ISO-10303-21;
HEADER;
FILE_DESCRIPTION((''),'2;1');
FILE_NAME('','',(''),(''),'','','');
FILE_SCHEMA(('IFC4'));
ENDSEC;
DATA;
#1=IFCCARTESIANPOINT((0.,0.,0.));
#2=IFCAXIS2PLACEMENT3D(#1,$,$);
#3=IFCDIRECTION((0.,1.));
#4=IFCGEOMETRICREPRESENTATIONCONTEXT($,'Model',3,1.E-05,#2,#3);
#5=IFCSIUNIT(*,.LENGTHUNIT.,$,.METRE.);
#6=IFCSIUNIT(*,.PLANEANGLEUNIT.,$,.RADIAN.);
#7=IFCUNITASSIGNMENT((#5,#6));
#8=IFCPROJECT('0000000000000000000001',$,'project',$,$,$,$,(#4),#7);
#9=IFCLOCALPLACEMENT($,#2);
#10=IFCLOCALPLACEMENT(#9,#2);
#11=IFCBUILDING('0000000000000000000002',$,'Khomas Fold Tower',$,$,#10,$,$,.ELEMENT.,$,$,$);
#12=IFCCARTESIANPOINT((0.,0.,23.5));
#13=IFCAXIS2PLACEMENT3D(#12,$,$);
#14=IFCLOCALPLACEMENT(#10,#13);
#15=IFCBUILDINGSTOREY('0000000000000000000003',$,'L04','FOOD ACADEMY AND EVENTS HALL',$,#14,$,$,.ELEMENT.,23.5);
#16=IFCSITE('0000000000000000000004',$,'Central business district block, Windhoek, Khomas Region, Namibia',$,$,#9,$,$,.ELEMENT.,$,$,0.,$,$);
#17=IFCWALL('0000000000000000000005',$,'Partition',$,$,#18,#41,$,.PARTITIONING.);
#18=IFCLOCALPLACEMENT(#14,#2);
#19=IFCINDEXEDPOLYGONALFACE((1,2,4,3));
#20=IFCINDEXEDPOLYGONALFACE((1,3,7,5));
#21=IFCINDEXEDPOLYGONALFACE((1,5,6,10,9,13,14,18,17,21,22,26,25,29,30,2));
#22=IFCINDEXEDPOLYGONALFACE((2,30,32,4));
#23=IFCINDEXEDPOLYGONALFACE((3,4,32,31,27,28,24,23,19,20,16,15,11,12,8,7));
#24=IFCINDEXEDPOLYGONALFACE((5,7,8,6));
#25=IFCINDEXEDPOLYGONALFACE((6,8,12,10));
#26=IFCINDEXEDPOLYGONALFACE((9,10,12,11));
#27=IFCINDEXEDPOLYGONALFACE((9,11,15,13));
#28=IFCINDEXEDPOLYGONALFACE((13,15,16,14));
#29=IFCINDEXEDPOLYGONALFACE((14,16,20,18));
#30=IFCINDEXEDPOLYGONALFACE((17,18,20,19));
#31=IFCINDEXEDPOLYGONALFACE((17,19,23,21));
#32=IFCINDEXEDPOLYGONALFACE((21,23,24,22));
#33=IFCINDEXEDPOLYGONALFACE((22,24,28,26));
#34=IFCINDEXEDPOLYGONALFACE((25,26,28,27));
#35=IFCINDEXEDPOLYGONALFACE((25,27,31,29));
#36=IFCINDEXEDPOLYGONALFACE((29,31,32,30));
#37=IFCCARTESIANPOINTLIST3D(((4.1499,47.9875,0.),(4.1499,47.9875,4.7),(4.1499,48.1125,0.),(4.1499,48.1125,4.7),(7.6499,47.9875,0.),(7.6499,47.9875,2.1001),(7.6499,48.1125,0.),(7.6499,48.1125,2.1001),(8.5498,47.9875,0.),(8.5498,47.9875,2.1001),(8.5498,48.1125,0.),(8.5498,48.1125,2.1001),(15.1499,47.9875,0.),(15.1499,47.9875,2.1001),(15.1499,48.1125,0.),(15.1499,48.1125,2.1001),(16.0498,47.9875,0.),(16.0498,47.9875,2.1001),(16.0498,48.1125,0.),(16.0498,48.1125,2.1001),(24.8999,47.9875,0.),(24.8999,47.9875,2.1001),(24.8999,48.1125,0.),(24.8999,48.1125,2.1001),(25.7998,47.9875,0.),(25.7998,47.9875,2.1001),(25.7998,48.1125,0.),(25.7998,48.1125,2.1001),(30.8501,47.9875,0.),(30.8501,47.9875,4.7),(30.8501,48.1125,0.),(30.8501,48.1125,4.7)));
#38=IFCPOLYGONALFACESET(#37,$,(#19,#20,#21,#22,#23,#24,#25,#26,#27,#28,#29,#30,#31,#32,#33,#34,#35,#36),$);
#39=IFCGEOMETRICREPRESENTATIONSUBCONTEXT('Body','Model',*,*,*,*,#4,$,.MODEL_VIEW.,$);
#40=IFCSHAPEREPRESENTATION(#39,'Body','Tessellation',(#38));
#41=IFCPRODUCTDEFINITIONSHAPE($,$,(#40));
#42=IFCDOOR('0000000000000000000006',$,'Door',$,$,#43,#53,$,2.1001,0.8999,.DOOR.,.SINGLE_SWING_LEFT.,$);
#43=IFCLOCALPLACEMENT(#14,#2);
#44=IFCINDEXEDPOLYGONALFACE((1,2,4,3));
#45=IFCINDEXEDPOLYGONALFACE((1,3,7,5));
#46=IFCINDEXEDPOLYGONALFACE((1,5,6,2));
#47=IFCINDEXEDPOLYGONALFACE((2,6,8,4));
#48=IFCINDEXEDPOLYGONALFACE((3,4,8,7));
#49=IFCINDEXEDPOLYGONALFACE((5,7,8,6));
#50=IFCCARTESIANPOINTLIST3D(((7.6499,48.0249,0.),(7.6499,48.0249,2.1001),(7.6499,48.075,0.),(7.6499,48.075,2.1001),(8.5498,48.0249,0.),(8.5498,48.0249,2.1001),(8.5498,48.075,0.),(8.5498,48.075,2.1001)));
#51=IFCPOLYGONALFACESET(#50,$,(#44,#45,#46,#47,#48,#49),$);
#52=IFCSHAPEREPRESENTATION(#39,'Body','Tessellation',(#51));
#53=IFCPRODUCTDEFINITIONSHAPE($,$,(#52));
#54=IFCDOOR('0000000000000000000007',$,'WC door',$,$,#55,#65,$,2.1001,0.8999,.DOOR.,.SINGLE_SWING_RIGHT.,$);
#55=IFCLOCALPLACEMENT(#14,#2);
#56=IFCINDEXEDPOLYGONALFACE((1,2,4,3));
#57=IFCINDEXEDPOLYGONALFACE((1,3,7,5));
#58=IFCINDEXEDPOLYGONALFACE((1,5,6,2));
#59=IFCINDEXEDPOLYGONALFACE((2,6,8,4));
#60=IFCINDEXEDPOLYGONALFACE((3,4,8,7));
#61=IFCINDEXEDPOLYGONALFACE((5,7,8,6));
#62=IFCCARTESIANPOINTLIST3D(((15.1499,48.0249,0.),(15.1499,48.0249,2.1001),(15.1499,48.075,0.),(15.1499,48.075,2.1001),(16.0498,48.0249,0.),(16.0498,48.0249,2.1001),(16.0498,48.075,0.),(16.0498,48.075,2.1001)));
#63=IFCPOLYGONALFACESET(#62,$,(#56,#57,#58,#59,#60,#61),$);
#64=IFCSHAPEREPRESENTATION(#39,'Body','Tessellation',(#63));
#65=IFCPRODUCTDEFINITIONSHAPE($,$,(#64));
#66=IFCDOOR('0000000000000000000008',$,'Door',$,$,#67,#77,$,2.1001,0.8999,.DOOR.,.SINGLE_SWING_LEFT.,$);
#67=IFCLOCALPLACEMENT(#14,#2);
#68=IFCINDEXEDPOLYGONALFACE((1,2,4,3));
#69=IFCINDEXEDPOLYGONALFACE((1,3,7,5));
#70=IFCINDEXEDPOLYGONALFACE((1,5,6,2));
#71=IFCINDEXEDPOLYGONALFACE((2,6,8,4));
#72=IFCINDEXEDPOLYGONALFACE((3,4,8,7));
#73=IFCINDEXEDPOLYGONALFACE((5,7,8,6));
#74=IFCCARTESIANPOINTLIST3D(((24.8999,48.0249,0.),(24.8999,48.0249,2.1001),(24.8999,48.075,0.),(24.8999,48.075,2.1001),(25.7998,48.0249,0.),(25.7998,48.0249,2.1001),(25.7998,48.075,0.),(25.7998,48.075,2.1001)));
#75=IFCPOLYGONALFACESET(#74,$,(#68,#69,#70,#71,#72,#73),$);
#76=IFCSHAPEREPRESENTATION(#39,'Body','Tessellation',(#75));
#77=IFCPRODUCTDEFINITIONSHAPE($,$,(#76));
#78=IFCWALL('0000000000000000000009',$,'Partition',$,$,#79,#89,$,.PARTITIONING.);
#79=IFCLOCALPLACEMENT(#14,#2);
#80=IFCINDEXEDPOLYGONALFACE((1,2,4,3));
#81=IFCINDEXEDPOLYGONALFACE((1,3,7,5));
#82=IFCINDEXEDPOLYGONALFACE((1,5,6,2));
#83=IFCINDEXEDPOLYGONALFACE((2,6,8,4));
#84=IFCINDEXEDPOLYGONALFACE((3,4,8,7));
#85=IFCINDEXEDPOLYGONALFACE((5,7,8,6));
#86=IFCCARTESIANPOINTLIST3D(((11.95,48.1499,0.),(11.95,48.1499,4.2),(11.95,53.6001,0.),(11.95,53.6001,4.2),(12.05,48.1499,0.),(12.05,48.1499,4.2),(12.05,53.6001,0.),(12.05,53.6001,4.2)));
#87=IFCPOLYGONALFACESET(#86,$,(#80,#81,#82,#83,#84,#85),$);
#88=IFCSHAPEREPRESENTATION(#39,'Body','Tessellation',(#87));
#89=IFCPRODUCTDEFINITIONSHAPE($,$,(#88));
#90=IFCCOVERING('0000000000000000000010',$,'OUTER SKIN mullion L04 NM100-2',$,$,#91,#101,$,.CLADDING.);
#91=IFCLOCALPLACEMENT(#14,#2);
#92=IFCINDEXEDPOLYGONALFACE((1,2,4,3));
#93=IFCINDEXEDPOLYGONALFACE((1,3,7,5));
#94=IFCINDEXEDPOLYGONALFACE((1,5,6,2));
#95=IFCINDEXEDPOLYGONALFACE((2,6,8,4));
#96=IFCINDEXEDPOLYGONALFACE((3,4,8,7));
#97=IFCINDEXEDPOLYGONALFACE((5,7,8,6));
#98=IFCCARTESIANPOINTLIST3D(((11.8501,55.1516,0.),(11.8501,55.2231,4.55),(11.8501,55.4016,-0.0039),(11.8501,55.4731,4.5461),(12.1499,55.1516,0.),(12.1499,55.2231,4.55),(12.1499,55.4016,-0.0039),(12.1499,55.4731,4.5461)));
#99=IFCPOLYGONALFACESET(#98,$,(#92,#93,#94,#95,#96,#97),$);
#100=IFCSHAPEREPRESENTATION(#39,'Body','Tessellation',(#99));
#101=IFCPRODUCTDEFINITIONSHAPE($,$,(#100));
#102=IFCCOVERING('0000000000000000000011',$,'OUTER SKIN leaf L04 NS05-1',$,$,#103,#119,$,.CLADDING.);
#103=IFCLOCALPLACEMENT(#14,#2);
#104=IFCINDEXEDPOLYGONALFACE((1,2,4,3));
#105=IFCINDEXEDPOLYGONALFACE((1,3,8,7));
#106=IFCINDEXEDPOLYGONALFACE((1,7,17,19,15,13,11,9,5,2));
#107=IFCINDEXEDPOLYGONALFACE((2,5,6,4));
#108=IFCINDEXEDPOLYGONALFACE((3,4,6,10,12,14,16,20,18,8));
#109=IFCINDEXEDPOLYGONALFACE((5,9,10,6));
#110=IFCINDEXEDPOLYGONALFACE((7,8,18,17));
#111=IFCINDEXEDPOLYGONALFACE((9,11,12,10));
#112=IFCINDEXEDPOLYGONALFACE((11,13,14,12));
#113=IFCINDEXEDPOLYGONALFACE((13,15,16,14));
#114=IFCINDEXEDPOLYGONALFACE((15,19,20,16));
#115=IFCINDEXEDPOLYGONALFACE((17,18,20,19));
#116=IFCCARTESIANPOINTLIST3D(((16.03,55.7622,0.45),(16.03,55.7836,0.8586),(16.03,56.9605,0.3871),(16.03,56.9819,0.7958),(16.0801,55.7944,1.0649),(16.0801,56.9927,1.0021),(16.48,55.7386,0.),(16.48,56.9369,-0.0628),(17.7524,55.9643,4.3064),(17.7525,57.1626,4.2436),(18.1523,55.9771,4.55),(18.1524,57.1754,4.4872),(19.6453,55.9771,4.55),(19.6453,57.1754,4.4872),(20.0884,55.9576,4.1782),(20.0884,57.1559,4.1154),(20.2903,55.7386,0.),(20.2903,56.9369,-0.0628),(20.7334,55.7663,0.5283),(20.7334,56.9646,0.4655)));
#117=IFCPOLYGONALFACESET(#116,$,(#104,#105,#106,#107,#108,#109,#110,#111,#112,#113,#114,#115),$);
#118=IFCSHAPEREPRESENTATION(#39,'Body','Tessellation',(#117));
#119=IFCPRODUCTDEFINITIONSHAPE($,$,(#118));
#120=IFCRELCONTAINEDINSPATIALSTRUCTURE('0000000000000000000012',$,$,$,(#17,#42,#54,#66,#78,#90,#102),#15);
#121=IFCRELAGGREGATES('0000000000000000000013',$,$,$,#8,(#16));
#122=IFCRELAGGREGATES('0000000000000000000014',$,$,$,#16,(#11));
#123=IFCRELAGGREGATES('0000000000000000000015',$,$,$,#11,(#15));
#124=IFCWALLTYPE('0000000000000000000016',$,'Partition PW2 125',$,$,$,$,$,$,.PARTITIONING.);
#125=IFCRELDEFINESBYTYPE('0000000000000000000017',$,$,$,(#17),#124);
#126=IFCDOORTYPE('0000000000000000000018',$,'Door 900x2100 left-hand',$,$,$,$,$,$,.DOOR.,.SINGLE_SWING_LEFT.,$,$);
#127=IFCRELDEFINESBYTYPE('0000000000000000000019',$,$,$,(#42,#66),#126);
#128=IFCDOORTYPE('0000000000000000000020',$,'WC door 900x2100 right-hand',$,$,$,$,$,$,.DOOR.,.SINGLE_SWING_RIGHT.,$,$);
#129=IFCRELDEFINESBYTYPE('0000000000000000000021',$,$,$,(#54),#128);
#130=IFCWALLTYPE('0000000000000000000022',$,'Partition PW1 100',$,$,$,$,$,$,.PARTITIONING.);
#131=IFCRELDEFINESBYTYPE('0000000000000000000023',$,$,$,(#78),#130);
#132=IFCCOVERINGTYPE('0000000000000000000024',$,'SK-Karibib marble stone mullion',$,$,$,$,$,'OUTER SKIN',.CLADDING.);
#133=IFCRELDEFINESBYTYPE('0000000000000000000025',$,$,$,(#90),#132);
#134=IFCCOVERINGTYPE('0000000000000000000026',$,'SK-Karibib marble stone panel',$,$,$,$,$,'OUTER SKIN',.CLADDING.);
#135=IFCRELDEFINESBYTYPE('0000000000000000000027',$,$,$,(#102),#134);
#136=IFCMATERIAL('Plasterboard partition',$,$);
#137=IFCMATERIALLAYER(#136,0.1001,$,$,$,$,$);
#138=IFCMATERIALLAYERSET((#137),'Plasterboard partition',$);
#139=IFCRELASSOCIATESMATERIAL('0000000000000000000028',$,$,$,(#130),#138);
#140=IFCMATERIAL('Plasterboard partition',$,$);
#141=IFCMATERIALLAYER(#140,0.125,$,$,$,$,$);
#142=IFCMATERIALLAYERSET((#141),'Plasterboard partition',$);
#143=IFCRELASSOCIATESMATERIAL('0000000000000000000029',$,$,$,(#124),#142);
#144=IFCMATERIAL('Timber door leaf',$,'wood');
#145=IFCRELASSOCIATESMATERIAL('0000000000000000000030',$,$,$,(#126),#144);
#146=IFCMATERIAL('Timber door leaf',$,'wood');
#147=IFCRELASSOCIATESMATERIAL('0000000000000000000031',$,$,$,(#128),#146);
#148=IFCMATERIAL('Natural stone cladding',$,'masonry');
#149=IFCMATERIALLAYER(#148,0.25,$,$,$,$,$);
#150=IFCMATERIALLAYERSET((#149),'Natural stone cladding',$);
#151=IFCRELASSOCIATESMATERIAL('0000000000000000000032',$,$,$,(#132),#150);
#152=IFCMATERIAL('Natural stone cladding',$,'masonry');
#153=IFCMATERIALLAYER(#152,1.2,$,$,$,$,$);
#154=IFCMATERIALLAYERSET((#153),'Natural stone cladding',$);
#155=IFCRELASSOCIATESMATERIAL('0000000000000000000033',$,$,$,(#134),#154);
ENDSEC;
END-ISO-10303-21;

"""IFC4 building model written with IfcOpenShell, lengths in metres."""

from ifc_helpers import new_model, si_unit, direction, frame, frame_2d, origin, place, context, subcontext, project, spatial, polyline, rectangle, outline, extrude, source, transform, mapped, material, layer, layer_set, type_object, element, fill, save


model = new_model("IFC4")

# Units and contexts
model_context = context("Model", 3, precision=1e-05, world=origin(), true_north=direction((0.0, 1.0)))
body_context = subcontext(model_context, "Body", "Model", "MODEL_VIEW")
ifc_project = project(units=[si_unit("LENGTHUNIT", "METRE"), si_unit("PLANEANGLEUNIT", "RADIAN")], contexts=[model_context])

# Site, building, storey
site_placement = place(None, origin())
site = spatial("IfcSite", under=ifc_project, at=site_placement, Name="Central business district block, Windhoek, Khomas Region, Namibia", CompositionType="ELEMENT", RefElevation=0.0)
building_placement = place(site_placement, origin())
building = spatial("IfcBuilding", under=site, at=building_placement, Name="Khomas Fold Tower", CompositionType="ELEMENT")
storey_placement = place(building_placement, frame((0.0, 0.0, 23.5)))
storey = spatial("IfcBuildingStorey", under=building, at=storey_placement, Name="L04", Description="FOOD ACADEMY AND EVENTS HALL", CompositionType="ELEMENT", Elevation=23.5)

# Shared definitions
ifc_material_1 = material(Name="Plasterboard partition")
ifc_layer_1 = layer(ifc_material_1, 0.1001)
ifc_layer_set_1 = layer_set([ifc_layer_1], Name="Plasterboard partition")
wall_type_1 = type_object("IfcWallType", Name="Partition PW1 100", PredefinedType="PARTITIONING", material=ifc_layer_set_1)

# Wall, openings, doors
ifc_material_2 = material(Name="Plasterboard partition")
ifc_layer_2 = layer(ifc_material_2, 0.125)
ifc_layer_set_2 = layer_set([ifc_layer_2], Name="Plasterboard partition")
wall_type_2 = type_object("IfcWallType", Name="Partition PW2 125", PredefinedType="PARTITIONING", material=ifc_layer_set_2)
shared_shape_1 = source(origin(), body_context, "Body", "SweptSolid", [
    extrude(rectangle(XDim=26.7002, YDim=0.125, at=frame_2d((13.3501, 0.0))), origin(), (0.0, 0.0, 1.0), 4.7),
])
wall_1_placement = place(storey_placement, frame((4.1499, 48.05, 0.0), z_axis=(0.0, 0.0, 1.0), x_axis=(1.0, 0.0, 0.0)))
wall_1 = element("IfcWall", 1, at=wall_1_placement, inside=storey, type_object=wall_type_2, Name="Partition", PredefinedType="PARTITIONING", context=body_context, shape_type="MappedRepresentation", body=[
    mapped(shared_shape_1, transform((0.0, 0.0, 0.0))),
])
shared_shape_2 = source(origin(), body_context, "Body", "SweptSolid", [
    extrude(rectangle(XDim=0.8999, YDim=2.1001, at=frame_2d((0.45, 1.05))), frame((0.0, 0.0725, 0.0), z_axis=(0.0, -1.0, 0.0), x_axis=(1.0, 0.0, 0.0)), (0.0, 0.0, 1.0), 0.145),
])
opening_1_placement = place(wall_1_placement, frame((3.5, 0.0, 0.0)))
opening_1 = element("IfcOpeningElement", 2, at=opening_1_placement, cuts=wall_1, PredefinedType="OPENING", context=body_context, shape_type="MappedRepresentation", body=[
    mapped(shared_shape_2, transform((0.0, 0.0, 0.0))),
])
opening_2_placement = place(wall_1_placement, frame((11.0, 0.0, 0.0)))
opening_2 = element("IfcOpeningElement", 3, at=opening_2_placement, cuts=wall_1, PredefinedType="OPENING", context=body_context, shape_type="MappedRepresentation", body=[
    mapped(shared_shape_2, transform((0.0, 0.0, 0.0))),
])
opening_3_placement = place(wall_1_placement, frame((20.75, 0.0, 0.0)))
opening_3 = element("IfcOpeningElement", 4, at=opening_3_placement, cuts=wall_1, PredefinedType="OPENING", context=body_context, shape_type="MappedRepresentation", body=[
    mapped(shared_shape_2, transform((0.0, 0.0, 0.0))),
])
ifc_material_3 = material(Name="Timber door leaf", Category="wood")
door_type_1 = type_object("IfcDoorType", Name="Door 900x2100 left-hand", OperationType="SINGLE_SWING_LEFT", PredefinedType="DOOR", material=ifc_material_3)
shared_shape_3 = source(origin(), body_context, "Body", "SweptSolid", [
    extrude(rectangle(XDim=0.8999, YDim=2.1001, at=frame_2d((0.45, 1.05))), frame((0.0, 0.0249, 0.0), z_axis=(0.0, -1.0, 0.0), x_axis=(1.0, 0.0, 0.0)), (0.0, 0.0, 1.0), 0.05),
])
door_1_placement = place(opening_1_placement, origin())
door_1 = element("IfcDoor", 5, at=door_1_placement, inside=storey, type_object=door_type_1, Name="Door", OperationType="SINGLE_SWING_LEFT", OverallHeight=2.1001, OverallWidth=0.8999, PredefinedType="DOOR", context=body_context, shape_type="MappedRepresentation", body=[
    mapped(shared_shape_3, transform((0.0, 0.0, 0.0))),
])
fill(opening_1, door_1)
ifc_material_4 = material(Name="Timber door leaf", Category="wood")
door_type_2 = type_object("IfcDoorType", Name="WC door 900x2100 right-hand", OperationType="SINGLE_SWING_RIGHT", PredefinedType="DOOR", material=ifc_material_4)
door_2_placement = place(opening_2_placement, origin())
door_2 = element("IfcDoor", 6, at=door_2_placement, inside=storey, type_object=door_type_2, Name="WC door", OperationType="SINGLE_SWING_RIGHT", OverallHeight=2.1001, OverallWidth=0.8999, PredefinedType="DOOR", context=body_context, shape_type="MappedRepresentation", body=[
    mapped(shared_shape_3, transform((0.0, 0.0, 0.0))),
])
fill(opening_2, door_2)
door_3_placement = place(opening_3_placement, origin())
door_3 = element("IfcDoor", 7, at=door_3_placement, inside=storey, type_object=door_type_1, Name="Door", OperationType="SINGLE_SWING_LEFT", OverallHeight=2.1001, OverallWidth=0.8999, PredefinedType="DOOR", context=body_context, shape_type="MappedRepresentation", body=[
    mapped(shared_shape_3, transform((0.0, 0.0, 0.0))),
])
fill(opening_3, door_3)

# Wall
shared_shape_4 = source(origin(), body_context, "Body", "SweptSolid", [
    extrude(rectangle(XDim=5.4502, YDim=0.1001, at=frame_2d((2.7251, 0.0))), origin(), (0.0, 0.0, 1.0), 4.2),
])
wall_2_placement = place(storey_placement, frame((12.0, 48.1499, 0.0), z_axis=(0.0, 0.0, 1.0), x_axis=(0.0, 1.0, 0.0)))
element("IfcWall", 8, at=wall_2_placement, inside=storey, type_object=wall_type_1, Name="Partition", PredefinedType="PARTITIONING", context=body_context, shape_type="MappedRepresentation", body=[
    mapped(shared_shape_4, transform((0.0, 0.0, 0.0))),
])

# Coverings
ifc_material_5 = material(Name="Natural stone cladding", Category="masonry")
ifc_layer_3 = layer(ifc_material_5, 0.25)
ifc_layer_set_3 = layer_set([ifc_layer_3], Name="Natural stone cladding")
covering_type_1 = type_object("IfcCoveringType", Name="SK-Karibib marble stone mullion", ElementType="OUTER SKIN", PredefinedType="CLADDING", material=ifc_layer_set_3)
covering_1_placement = place(storey_placement, frame((12.1499, 55.2231, 4.55), z_axis=(0.0, -0.999876, 0.015719), x_axis=(0.0, -0.015719, -0.999876)))
element("IfcCovering", 9, at=covering_1_placement, inside=storey, type_object=covering_type_1, Name="OUTER SKIN mullion L04 NM100-2", PredefinedType="CLADDING", context=body_context, shape_type="SweptSolid", body=[
    extrude(outline(polyline([(0.0, 0.0), (4.5506, 0.0), (4.5506, -0.2998), (0.0, -0.2998), (0.0, 0.0)])), origin(), (0.0, 0.0, -1.0), 0.25),
])
ifc_material_6 = material(Name="Natural stone cladding", Category="masonry")
ifc_layer_4 = layer(ifc_material_6, 1.2)
ifc_layer_set_4 = layer_set([ifc_layer_4], Name="Natural stone cladding")
covering_type_2 = type_object("IfcCoveringType", Name="SK-Karibib marble stone panel", ElementType="OUTER SKIN", PredefinedType="CLADDING", material=ifc_layer_set_4)
covering_2_placement = place(storey_placement, frame((16.03, 55.7622, 0.45), z_axis=(-0.00001, -0.998629, 0.052341), x_axis=(0.0, 0.052341, 0.998629)))
element("IfcCovering", 10, at=covering_2_placement, inside=storey, type_object=covering_type_2, Name="OUTER SKIN leaf L04 NS05-1", PredefinedType="CLADDING", context=body_context, shape_type="SweptSolid", body=[
    extrude(outline(polyline([(0.0, 0.0), (0.4092, 0.0), (0.6158, -0.05), (3.8617, -1.7224), (4.1057, -2.1223), (4.1057, -3.6152), (3.7334, -4.0583), (0.0785, -4.7034), (-0.4506, -4.2603), (-0.4506, -0.45), (0.0, 0.0)])), origin(), (0.0, 0.0, -1.0), 1.2),
])

save(model, "model.ifc")
